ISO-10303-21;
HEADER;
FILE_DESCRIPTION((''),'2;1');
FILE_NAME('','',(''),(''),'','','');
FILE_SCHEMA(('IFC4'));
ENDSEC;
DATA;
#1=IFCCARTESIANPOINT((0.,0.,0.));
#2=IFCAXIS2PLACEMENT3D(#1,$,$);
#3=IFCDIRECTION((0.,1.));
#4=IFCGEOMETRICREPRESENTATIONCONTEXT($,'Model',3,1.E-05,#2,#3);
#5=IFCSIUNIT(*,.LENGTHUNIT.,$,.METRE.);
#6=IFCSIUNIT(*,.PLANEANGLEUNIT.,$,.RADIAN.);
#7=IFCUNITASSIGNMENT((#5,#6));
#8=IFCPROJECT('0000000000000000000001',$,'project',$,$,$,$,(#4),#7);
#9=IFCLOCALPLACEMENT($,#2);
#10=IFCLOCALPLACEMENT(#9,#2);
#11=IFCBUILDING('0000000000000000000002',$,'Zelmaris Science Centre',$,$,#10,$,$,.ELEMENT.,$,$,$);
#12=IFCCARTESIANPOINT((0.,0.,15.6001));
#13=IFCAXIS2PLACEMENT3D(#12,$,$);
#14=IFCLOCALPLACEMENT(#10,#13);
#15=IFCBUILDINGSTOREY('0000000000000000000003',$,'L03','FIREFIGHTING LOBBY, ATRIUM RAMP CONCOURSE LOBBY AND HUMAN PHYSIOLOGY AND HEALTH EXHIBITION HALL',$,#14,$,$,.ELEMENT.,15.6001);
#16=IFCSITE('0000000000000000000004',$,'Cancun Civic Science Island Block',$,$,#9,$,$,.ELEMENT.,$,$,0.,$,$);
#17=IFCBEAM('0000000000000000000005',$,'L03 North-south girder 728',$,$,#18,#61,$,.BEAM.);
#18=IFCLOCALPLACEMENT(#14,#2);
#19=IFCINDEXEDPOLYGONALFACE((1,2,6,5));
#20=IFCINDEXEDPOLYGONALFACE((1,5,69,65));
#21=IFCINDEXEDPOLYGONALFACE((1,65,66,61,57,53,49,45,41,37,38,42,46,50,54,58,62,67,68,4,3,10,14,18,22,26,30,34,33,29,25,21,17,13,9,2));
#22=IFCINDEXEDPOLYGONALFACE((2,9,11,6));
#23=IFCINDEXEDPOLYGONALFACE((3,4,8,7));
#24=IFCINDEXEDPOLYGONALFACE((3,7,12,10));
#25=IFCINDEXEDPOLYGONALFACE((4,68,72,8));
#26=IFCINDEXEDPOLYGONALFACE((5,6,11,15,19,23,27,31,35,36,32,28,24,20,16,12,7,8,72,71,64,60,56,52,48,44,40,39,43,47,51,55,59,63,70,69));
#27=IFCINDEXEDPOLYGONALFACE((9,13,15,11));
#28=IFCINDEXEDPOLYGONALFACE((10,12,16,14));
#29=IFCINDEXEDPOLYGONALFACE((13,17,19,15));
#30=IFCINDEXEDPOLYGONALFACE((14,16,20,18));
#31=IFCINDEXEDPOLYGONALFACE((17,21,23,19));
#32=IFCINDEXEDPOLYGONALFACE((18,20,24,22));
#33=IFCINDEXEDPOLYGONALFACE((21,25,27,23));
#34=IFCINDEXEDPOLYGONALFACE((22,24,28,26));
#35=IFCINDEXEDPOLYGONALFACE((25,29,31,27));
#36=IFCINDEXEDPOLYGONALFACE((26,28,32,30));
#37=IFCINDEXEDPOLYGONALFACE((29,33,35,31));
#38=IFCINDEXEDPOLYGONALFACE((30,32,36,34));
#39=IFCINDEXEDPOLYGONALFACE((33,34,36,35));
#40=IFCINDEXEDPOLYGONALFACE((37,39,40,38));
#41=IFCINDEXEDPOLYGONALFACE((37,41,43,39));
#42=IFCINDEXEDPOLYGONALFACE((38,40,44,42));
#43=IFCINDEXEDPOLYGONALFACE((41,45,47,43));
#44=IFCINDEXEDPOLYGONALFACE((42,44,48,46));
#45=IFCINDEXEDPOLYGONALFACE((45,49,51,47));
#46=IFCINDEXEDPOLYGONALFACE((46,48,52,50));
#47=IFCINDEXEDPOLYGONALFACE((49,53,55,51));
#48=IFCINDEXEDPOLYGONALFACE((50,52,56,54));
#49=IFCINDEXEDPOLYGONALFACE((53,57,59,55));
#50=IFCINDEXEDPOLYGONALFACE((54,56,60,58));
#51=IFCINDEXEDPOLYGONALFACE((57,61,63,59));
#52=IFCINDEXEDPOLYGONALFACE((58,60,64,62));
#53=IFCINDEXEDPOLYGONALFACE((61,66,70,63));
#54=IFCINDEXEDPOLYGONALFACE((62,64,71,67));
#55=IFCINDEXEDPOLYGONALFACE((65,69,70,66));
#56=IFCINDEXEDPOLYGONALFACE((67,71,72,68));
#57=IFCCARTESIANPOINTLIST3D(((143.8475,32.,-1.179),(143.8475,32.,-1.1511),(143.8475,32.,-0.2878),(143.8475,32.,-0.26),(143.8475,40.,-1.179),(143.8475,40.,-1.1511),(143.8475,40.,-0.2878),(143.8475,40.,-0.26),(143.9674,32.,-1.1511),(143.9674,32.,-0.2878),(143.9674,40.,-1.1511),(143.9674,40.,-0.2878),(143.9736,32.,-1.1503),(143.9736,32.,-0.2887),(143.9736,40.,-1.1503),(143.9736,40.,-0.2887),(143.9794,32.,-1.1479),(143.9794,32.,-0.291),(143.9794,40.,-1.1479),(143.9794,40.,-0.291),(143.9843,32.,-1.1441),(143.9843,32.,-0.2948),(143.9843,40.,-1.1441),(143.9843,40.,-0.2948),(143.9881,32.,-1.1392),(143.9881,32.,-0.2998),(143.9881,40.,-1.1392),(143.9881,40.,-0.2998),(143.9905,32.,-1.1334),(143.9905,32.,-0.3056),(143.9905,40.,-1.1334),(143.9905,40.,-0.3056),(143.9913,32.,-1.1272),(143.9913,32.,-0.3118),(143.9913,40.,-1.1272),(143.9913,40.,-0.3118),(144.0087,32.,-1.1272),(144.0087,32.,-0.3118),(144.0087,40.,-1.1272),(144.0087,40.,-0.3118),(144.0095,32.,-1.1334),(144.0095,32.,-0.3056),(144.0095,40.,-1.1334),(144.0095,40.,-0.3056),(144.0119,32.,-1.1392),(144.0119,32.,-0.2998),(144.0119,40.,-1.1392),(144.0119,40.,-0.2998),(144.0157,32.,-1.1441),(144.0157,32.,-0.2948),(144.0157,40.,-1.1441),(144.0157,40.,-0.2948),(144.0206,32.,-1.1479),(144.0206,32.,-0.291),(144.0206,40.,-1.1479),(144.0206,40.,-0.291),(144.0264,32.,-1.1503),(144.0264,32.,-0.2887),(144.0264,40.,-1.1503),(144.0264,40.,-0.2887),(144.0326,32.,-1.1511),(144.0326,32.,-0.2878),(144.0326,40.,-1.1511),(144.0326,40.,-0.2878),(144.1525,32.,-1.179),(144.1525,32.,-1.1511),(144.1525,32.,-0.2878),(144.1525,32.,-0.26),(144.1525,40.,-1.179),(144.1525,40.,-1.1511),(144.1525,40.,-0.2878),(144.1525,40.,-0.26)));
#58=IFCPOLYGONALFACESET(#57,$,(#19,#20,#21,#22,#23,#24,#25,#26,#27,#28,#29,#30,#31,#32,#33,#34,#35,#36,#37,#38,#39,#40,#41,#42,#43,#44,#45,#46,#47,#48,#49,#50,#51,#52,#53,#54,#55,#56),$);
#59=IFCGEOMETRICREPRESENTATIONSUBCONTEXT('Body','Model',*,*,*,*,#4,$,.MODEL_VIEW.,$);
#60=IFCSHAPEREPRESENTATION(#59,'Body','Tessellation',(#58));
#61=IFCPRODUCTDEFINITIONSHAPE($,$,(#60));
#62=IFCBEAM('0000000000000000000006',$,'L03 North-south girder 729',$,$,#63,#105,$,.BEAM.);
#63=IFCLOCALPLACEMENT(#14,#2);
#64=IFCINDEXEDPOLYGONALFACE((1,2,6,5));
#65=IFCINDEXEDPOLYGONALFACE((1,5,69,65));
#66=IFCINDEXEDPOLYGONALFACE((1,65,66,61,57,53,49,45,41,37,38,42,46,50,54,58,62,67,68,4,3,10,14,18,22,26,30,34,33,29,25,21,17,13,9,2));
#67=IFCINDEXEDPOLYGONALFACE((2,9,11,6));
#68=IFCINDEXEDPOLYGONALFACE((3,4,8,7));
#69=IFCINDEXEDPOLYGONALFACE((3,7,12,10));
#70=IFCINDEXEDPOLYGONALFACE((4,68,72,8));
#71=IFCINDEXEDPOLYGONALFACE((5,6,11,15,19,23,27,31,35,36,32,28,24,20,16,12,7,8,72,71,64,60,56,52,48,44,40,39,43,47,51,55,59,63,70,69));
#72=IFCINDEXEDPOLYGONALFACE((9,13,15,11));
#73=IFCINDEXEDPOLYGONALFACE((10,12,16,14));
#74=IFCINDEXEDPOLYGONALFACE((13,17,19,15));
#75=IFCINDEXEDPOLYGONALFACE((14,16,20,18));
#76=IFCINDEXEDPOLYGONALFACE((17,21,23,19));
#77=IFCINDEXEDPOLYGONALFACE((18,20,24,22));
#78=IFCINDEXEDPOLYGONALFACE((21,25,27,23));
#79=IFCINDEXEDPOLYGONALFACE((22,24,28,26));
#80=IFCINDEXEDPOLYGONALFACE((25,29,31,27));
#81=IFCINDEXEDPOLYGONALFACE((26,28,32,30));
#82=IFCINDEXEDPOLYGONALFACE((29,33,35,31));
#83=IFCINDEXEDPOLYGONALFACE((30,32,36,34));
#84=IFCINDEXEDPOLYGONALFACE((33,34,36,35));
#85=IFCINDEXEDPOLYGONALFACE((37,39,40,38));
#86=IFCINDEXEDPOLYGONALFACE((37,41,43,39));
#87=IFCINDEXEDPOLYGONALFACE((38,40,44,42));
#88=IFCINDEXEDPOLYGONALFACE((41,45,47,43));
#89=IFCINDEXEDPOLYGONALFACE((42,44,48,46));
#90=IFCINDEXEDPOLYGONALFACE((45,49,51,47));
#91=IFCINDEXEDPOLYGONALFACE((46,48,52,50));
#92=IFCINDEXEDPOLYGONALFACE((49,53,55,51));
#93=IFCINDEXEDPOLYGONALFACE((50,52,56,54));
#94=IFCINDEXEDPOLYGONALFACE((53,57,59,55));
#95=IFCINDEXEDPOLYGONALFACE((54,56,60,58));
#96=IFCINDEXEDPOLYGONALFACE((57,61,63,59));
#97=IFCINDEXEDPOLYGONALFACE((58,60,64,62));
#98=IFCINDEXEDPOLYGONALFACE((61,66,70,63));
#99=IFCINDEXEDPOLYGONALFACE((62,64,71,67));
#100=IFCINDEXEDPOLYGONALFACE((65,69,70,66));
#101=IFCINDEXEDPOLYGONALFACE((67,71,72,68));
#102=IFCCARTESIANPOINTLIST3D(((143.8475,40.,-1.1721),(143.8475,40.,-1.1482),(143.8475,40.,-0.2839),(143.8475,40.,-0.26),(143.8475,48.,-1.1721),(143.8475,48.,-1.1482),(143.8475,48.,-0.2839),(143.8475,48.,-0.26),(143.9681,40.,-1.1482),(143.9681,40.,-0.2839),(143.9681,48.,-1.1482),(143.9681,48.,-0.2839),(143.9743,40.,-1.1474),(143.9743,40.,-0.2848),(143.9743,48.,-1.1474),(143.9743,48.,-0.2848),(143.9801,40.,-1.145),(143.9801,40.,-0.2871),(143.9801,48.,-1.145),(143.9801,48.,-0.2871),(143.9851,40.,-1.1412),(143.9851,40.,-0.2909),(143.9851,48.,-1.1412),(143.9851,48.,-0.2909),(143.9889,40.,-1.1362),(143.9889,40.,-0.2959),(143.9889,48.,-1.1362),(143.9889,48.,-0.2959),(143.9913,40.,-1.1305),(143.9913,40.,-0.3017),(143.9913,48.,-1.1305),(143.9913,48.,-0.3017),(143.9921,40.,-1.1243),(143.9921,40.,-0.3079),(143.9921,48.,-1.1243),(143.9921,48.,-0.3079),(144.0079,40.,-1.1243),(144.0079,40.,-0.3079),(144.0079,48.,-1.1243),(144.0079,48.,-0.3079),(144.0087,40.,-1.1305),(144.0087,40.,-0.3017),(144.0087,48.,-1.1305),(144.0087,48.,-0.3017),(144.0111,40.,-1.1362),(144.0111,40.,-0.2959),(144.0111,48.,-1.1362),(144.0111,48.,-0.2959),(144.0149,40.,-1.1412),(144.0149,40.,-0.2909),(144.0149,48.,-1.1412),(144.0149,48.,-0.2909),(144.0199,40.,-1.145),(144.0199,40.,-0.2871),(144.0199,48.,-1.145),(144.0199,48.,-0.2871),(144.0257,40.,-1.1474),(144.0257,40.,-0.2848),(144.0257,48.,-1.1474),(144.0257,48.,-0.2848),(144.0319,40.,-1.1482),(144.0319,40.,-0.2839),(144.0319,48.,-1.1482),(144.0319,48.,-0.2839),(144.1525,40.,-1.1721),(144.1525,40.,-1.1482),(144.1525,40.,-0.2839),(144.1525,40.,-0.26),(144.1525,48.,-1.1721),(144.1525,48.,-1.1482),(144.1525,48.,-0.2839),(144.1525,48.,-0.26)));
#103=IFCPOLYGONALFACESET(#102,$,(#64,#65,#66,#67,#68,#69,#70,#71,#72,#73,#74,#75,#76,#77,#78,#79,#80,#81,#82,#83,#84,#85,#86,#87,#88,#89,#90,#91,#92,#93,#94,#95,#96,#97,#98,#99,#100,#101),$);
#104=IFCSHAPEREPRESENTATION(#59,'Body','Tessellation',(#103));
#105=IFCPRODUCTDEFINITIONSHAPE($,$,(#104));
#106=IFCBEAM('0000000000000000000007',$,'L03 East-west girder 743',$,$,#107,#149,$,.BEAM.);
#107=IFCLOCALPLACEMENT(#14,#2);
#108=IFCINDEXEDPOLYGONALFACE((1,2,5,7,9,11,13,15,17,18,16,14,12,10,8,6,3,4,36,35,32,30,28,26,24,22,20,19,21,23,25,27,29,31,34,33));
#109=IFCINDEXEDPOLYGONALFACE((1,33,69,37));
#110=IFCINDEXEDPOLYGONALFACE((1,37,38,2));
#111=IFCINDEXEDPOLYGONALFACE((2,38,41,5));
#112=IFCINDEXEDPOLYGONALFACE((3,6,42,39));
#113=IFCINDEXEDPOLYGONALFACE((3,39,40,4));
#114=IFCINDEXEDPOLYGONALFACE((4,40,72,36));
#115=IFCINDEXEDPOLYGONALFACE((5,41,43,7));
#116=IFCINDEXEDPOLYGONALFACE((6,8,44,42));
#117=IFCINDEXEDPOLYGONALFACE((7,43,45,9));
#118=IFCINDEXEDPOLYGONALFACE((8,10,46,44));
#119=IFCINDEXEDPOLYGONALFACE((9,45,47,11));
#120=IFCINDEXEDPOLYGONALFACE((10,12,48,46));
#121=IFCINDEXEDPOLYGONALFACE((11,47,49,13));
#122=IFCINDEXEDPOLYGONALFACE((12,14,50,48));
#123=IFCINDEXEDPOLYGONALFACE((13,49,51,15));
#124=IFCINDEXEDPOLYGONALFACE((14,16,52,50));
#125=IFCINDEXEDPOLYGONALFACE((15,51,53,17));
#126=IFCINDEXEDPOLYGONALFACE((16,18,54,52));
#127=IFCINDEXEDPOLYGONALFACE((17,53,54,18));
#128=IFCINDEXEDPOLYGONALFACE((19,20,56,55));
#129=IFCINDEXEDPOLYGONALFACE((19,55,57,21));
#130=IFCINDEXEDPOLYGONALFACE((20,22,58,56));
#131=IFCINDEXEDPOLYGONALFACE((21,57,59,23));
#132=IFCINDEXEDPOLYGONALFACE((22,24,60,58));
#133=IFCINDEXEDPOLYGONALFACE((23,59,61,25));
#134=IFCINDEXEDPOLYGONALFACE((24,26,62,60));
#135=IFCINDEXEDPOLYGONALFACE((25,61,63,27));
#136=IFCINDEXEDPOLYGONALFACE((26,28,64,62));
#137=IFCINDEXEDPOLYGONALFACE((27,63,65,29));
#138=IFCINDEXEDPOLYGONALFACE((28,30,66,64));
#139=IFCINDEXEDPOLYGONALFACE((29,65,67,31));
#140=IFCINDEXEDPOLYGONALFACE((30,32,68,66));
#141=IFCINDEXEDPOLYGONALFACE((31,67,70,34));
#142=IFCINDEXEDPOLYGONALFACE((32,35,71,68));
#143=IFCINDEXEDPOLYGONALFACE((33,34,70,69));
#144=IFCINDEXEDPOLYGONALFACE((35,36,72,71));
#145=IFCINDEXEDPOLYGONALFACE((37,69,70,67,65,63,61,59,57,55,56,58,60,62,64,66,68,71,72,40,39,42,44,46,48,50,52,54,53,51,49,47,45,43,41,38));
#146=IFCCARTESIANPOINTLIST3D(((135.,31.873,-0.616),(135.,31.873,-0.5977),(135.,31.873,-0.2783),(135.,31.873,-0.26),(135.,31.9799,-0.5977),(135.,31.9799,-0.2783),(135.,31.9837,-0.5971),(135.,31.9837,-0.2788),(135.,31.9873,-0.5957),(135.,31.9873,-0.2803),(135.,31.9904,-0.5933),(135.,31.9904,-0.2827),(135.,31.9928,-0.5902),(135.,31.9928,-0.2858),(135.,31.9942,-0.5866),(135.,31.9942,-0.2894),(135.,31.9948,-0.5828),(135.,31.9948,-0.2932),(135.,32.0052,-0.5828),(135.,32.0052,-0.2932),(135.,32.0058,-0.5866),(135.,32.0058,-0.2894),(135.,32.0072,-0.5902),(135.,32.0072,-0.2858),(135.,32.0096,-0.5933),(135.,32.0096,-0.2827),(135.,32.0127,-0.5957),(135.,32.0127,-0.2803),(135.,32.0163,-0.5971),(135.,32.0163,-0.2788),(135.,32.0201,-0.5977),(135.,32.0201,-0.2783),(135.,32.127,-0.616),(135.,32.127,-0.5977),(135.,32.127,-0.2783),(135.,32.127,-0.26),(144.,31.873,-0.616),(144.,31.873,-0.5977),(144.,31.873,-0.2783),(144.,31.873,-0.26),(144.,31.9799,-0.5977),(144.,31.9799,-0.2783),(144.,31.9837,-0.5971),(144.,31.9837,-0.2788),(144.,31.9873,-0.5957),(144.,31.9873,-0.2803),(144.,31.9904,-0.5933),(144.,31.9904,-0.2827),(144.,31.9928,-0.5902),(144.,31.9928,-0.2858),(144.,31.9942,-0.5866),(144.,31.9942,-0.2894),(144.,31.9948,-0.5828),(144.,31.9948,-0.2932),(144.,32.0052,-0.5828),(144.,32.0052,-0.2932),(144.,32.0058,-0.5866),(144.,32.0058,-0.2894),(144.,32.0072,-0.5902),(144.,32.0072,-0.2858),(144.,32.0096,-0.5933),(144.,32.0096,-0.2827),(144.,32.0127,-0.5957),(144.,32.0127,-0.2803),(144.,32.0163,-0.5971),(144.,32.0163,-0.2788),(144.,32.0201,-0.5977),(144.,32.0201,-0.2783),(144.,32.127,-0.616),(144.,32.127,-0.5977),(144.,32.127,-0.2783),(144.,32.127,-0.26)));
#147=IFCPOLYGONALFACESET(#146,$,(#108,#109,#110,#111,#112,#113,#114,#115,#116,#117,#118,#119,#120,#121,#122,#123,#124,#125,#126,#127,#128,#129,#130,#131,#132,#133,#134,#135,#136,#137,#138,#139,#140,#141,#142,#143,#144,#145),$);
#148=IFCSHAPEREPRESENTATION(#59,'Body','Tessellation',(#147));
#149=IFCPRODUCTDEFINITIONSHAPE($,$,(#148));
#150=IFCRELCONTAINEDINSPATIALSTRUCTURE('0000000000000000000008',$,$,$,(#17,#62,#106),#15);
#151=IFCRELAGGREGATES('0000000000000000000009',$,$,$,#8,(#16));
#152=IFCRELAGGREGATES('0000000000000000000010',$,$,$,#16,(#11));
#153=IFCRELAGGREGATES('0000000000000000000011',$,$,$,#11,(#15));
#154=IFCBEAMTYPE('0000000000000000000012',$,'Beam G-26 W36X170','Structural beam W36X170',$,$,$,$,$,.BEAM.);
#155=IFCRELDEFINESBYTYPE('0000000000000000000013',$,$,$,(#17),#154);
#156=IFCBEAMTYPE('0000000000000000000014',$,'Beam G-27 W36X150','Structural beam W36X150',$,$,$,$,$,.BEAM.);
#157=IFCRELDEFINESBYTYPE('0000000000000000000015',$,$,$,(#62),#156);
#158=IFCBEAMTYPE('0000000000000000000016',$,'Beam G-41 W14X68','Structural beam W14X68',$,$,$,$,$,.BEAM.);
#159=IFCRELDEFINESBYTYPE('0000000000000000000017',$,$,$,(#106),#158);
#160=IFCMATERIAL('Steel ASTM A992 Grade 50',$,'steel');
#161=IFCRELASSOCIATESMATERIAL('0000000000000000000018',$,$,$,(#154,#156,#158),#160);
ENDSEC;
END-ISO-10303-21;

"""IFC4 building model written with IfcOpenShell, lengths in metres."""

from ifc_helpers import new_model, si_unit, direction, frame, origin, origin_2d, place, context, subcontext, project, spatial, i_section, extrude, material, material_profile, profile_set, type_object, element, save


model = new_model("IFC4")

# Units and contexts
model_context = context("Model", 3, precision=1e-05, world=origin(), true_north=direction((0.0, 1.0)))
body_context = subcontext(model_context, "Body", "Model", "MODEL_VIEW")
ifc_project = project(units=[si_unit("LENGTHUNIT", "METRE"), si_unit("PLANEANGLEUNIT", "RADIAN")], contexts=[model_context])

# Site, building, storey
site_placement = place(None, origin())
site = spatial("IfcSite", under=ifc_project, at=site_placement, Name="Cancun Civic Science Island Block", CompositionType="ELEMENT", RefElevation=0.0)
building_placement = place(site_placement, origin())
building = spatial("IfcBuilding", under=site, at=building_placement, Name="Zelmaris Science Centre", CompositionType="ELEMENT")
storey_placement = place(building_placement, frame((0.0, 0.0, 15.6001)))
storey = spatial("IfcBuildingStorey", under=building, at=storey_placement, Name="L03", Description="FIREFIGHTING LOBBY, ATRIUM RAMP CONCOURSE LOBBY AND HUMAN PHYSIOLOGY AND HEALTH EXHIBITION HALL", CompositionType="ELEMENT", Elevation=15.6001)

# Shared definitions
ifc_material_1 = material(Name="Steel ASTM A992 Grade 50", Category="steel")

# Beams
ifc_material_profile_1 = material_profile(ifc_material_1, i_section(OverallWidth=0.3049, OverallDepth=0.9189, WebThickness=0.0173, FlangeThickness=0.0278, FilletRadius=0.0239, at=origin_2d()), Name="W36X170")
ifc_profile_set_1 = profile_set([ifc_material_profile_1], Name="Steel ASTM A992 Grade 50")
beam_type_1 = type_object("IfcBeamType", Name="Beam G-26 W36X170", Description="Structural beam W36X170", PredefinedType="BEAM", material=ifc_profile_set_1)
beam_1_placement = place(storey_placement, frame((144.0, 32.0, -0.7195), z_axis=(0.0, 1.0, 0.0), x_axis=(-1.0, 0.0, 0.0)))
element("IfcBeam", 1, at=beam_1_placement, inside=storey, type_object=beam_type_1, Name="L03 North-south girder 728", PredefinedType="BEAM", context=body_context, shape_type="SweptSolid", body=[
    extrude(i_section(OverallWidth=0.3049, OverallDepth=0.9189, WebThickness=0.0173, FlangeThickness=0.0278, FilletRadius=0.0239, at=origin_2d()), origin(), (0.0, 0.0, 1.0), 8.0),
])
ifc_material_profile_2 = material_profile(ifc_material_1, i_section(OverallWidth=0.3049, OverallDepth=0.9121, WebThickness=0.0159, FlangeThickness=0.0239, FilletRadius=0.0239, at=origin_2d()), Name="W36X150")
ifc_profile_set_2 = profile_set([ifc_material_profile_2], Name="Steel ASTM A992 Grade 50")
beam_type_2 = type_object("IfcBeamType", Name="Beam G-27 W36X150", Description="Structural beam W36X150", PredefinedType="BEAM", material=ifc_profile_set_2)
beam_2_placement = place(storey_placement, frame((144.0, 40.0, -0.7161), z_axis=(0.0, 1.0, 0.0), x_axis=(-1.0, 0.0, 0.0)))
element("IfcBeam", 2, at=beam_2_placement, inside=storey, type_object=beam_type_2, Name="L03 North-south girder 729", PredefinedType="BEAM", context=body_context, shape_type="SweptSolid", body=[
    extrude(i_section(OverallWidth=0.3049, OverallDepth=0.9121, WebThickness=0.0159, FlangeThickness=0.0239, FilletRadius=0.0239, at=origin_2d()), origin(), (0.0, 0.0, 1.0), 8.0),
])
ifc_material_profile_3 = material_profile(ifc_material_1, i_section(OverallWidth=0.2539, OverallDepth=0.356, WebThickness=0.0105, FlangeThickness=0.0183, FilletRadius=0.0149, at=origin_2d()), Name="W14X68")
ifc_profile_set_3 = profile_set([ifc_material_profile_3], Name="Steel ASTM A992 Grade 50")
beam_type_3 = type_object("IfcBeamType", Name="Beam G-41 W14X68", Description="Structural beam W14X68", PredefinedType="BEAM", material=ifc_profile_set_3)
beam_3_placement = place(storey_placement, frame((135.0, 32.0, -0.438), z_axis=(1.0, 0.0, 0.0), x_axis=(0.0, 1.0, 0.0)))
element("IfcBeam", 3, at=beam_3_placement, inside=storey, type_object=beam_type_3, Name="L03 East-west girder 743", PredefinedType="BEAM", context=body_context, shape_type="SweptSolid", body=[
    extrude(i_section(OverallWidth=0.2539, OverallDepth=0.356, WebThickness=0.0105, FlangeThickness=0.0183, FilletRadius=0.0149, at=origin_2d()), origin(), (0.0, 0.0, 1.0), 9.0),
])

save(model, "model.ifc")
